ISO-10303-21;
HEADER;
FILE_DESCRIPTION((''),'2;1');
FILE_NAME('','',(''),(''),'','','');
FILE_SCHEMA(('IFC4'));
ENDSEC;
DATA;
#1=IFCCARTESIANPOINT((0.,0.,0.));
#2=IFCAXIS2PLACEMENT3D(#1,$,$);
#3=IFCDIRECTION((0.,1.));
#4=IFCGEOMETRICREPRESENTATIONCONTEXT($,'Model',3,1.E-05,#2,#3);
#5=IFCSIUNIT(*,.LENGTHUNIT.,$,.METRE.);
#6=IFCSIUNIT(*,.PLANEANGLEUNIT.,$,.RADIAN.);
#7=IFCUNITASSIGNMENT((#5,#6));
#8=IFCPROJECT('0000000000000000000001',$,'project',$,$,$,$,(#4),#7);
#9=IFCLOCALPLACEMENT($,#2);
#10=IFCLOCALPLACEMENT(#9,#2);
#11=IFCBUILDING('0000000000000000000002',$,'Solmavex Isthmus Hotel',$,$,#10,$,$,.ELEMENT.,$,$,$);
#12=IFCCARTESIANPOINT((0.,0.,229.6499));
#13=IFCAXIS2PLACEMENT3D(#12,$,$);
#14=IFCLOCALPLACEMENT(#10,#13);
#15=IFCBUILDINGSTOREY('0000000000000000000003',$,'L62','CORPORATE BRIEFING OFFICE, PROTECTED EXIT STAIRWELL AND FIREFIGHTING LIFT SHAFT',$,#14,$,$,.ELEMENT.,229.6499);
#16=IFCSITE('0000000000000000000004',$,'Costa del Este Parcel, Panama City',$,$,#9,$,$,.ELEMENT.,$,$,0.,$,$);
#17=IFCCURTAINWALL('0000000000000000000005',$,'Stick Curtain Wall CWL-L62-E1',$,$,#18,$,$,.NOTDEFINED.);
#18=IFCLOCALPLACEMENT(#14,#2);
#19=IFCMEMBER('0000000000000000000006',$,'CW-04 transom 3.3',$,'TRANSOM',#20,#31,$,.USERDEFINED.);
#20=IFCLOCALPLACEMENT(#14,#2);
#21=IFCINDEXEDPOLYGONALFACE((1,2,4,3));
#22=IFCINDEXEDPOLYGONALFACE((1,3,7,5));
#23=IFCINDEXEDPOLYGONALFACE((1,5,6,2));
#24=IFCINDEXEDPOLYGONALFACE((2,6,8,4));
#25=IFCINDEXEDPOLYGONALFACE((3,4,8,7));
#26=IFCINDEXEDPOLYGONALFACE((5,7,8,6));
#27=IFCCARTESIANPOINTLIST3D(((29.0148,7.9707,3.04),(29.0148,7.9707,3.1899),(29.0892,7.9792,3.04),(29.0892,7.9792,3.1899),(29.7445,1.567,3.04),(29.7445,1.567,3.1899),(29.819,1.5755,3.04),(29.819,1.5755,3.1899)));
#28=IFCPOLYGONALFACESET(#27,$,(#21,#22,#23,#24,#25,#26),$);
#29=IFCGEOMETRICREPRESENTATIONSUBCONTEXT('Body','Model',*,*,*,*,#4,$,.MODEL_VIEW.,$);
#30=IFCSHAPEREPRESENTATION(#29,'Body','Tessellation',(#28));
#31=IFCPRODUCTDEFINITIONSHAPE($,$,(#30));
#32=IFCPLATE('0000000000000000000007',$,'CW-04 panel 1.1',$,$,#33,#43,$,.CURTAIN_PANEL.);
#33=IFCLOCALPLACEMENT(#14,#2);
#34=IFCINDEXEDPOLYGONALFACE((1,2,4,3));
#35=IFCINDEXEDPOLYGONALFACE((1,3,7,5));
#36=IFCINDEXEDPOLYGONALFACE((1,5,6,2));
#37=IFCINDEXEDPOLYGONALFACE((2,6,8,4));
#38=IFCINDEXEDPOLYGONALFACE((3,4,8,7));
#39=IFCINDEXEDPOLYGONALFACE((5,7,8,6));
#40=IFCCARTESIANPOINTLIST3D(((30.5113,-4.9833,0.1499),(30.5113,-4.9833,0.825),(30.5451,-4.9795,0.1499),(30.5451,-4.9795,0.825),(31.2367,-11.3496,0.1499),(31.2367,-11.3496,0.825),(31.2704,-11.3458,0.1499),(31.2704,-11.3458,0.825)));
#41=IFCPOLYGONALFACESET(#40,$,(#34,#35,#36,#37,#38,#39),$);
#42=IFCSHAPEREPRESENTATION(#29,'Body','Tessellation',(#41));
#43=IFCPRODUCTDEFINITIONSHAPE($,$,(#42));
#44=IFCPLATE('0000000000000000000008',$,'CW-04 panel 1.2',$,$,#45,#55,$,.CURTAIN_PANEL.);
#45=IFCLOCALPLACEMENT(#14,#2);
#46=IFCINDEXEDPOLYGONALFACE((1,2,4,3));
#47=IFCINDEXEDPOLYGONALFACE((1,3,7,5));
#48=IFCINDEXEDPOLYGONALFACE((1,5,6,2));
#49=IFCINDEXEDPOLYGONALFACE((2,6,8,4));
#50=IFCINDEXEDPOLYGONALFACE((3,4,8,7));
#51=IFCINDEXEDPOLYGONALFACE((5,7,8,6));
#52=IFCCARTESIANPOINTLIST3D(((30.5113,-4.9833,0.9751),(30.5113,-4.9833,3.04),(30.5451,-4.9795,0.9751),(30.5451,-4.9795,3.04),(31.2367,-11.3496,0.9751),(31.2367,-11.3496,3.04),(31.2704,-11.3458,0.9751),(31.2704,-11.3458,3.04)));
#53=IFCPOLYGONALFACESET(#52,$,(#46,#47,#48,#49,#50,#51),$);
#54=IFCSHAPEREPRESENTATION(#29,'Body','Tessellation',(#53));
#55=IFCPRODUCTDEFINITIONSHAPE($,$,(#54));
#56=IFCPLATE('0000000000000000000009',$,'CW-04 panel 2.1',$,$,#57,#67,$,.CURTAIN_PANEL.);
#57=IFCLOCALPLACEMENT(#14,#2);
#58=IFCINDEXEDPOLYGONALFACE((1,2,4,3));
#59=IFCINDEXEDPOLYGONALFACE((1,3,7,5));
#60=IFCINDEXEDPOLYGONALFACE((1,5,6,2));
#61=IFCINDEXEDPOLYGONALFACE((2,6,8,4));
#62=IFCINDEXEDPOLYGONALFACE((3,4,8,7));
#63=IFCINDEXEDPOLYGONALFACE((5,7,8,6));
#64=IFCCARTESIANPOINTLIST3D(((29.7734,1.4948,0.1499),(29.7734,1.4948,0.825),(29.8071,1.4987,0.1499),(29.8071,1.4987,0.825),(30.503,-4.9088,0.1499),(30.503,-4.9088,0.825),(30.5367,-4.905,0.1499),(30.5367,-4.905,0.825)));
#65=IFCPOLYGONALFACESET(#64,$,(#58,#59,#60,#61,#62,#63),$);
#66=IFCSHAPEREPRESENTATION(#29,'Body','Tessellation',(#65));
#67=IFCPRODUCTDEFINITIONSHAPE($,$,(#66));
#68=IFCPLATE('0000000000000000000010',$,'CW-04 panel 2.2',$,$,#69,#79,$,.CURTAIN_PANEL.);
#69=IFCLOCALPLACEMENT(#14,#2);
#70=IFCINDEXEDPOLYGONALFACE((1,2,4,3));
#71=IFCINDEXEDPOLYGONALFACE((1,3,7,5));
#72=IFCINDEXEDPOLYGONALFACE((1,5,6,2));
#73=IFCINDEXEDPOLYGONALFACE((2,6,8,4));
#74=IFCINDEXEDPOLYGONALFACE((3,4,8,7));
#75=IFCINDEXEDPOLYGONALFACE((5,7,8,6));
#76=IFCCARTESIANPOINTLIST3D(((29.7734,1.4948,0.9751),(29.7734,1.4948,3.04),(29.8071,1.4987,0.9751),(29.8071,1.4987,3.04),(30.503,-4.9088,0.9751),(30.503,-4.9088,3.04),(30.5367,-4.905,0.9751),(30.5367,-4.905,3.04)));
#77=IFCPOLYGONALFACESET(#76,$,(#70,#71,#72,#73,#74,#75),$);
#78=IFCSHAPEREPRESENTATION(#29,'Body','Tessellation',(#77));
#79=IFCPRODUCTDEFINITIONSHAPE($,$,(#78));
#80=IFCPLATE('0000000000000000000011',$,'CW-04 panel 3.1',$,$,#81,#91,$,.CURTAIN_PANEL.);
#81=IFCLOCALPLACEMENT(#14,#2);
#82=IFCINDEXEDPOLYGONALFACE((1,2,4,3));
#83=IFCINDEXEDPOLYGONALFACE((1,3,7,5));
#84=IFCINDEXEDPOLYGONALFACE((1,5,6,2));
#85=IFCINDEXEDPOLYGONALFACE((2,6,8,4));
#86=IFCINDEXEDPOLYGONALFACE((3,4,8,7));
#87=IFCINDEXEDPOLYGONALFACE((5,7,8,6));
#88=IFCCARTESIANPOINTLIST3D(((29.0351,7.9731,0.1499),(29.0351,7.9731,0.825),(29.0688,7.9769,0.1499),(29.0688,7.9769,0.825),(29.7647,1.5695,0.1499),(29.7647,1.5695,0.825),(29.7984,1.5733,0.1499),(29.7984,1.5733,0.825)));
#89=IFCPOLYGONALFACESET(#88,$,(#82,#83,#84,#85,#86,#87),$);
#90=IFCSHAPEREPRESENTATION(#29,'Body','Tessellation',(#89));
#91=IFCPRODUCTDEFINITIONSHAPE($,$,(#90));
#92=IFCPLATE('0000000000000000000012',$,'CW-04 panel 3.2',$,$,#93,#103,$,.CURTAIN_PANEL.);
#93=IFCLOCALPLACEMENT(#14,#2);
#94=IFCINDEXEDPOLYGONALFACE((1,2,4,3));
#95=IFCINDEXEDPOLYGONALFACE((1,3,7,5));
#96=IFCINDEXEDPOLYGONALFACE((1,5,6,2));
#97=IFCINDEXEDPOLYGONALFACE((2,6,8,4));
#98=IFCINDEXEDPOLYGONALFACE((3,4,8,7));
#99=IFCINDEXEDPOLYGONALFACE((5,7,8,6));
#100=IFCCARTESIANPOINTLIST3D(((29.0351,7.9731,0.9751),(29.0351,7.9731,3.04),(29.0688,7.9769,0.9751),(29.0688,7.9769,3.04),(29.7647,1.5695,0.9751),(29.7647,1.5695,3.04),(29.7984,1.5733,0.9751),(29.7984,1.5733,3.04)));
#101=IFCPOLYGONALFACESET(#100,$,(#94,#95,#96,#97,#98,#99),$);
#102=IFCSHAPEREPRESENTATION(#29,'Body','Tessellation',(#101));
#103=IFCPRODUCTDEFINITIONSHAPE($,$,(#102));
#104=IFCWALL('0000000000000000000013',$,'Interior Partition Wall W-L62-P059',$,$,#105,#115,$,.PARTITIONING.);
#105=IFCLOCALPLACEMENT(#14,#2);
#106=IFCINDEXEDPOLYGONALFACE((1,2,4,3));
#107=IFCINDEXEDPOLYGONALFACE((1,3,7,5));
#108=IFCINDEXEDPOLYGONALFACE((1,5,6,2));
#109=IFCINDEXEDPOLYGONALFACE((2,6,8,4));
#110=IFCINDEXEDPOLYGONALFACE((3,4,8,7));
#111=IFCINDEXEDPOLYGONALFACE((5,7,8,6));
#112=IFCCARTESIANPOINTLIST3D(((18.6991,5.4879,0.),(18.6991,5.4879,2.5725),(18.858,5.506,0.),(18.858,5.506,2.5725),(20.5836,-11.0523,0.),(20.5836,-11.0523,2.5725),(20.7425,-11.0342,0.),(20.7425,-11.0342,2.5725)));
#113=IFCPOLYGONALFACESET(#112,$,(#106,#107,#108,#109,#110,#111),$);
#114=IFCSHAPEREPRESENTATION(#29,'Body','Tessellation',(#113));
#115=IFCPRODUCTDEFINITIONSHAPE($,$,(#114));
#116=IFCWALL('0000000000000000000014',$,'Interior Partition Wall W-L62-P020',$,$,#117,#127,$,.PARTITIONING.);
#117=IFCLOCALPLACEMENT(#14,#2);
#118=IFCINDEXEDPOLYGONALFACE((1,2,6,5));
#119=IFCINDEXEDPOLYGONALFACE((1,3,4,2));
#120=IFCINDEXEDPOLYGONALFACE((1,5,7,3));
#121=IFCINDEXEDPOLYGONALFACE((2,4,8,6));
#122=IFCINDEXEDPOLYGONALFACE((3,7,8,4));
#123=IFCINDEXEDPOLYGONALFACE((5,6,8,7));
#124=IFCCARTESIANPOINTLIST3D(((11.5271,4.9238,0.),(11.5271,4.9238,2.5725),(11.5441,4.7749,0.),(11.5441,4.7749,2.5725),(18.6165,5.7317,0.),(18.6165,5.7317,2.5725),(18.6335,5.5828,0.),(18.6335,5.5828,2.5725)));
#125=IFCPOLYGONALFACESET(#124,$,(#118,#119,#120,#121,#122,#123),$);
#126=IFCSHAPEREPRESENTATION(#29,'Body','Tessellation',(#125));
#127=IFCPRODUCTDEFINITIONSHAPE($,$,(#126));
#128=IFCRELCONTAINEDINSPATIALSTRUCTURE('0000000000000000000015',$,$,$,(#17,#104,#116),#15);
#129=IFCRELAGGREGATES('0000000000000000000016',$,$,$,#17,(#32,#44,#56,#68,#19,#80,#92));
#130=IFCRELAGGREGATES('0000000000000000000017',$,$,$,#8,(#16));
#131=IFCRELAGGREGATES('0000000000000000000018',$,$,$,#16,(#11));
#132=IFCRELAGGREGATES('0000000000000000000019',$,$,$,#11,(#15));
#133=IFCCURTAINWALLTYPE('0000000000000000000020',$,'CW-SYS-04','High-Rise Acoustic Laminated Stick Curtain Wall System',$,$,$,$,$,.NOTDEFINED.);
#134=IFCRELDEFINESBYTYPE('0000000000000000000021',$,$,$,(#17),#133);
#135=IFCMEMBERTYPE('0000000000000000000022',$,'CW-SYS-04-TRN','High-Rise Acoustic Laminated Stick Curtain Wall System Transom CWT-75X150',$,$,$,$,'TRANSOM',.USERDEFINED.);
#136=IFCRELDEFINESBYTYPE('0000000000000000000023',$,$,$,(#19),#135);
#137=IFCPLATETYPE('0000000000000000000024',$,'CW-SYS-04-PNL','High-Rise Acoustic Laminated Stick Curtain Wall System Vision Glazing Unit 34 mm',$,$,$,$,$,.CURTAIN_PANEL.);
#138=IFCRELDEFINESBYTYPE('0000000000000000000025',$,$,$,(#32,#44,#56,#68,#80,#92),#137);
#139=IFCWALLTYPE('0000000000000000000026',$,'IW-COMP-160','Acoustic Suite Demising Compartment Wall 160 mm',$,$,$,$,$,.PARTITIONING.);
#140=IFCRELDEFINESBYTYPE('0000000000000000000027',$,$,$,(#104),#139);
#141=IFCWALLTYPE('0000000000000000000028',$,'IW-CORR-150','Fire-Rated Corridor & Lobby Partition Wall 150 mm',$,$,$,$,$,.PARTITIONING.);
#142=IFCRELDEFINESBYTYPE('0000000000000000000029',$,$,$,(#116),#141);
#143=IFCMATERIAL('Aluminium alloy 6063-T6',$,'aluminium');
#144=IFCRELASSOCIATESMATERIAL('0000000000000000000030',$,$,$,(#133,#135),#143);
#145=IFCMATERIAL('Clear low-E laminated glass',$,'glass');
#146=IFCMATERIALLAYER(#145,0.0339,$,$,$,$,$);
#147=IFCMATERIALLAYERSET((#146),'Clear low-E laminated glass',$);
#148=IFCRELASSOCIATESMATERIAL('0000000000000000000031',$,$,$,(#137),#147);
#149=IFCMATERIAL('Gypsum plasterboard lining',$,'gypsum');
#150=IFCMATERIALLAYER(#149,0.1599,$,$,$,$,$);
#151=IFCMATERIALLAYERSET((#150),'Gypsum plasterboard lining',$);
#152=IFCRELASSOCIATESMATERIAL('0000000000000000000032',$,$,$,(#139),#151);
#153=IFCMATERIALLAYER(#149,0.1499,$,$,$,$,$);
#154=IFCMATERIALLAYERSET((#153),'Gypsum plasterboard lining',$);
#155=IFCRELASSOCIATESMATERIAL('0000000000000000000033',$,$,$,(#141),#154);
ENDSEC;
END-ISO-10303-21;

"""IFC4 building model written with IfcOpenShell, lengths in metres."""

from ifc_helpers import new_model, si_unit, direction, frame, frame_2d, origin, origin_2d, place, context, subcontext, project, spatial, rectangle, extrude, material, layer, layer_set, material_profile, profile_set, type_object, element, aggregate, save


model = new_model("IFC4")

# Units and contexts
model_context = context("Model", 3, precision=1e-05, world=origin(), true_north=direction((0.0, 1.0)))
body_context = subcontext(model_context, "Body", "Model", "MODEL_VIEW")
ifc_project = project(units=[si_unit("LENGTHUNIT", "METRE"), si_unit("PLANEANGLEUNIT", "RADIAN")], contexts=[model_context])

# Site, building, storey
site_placement = place(None, origin())
site = spatial("IfcSite", under=ifc_project, at=site_placement, Name="Costa del Este Parcel, Panama City", CompositionType="ELEMENT", RefElevation=0.0)
building_placement = place(site_placement, origin())
building = spatial("IfcBuilding", under=site, at=building_placement, Name="Solmavex Isthmus Hotel", CompositionType="ELEMENT")
storey_placement = place(building_placement, frame((0.0, 0.0, 229.6499)))
storey = spatial("IfcBuildingStorey", under=building, at=storey_placement, Name="L62", Description="CORPORATE BRIEFING OFFICE, PROTECTED EXIT STAIRWELL AND FIREFIGHTING LIFT SHAFT", CompositionType="ELEMENT", Elevation=229.6499)

# Curtain wall, member, plates
ifc_material_1 = material(Name="Aluminium alloy 6063-T6", Category="aluminium")
curtain_wall_type = type_object("IfcCurtainWallType", Name="CW-SYS-04", Description="High-Rise Acoustic Laminated Stick Curtain Wall System", PredefinedType="NOTDEFINED", material=ifc_material_1)
curtain_wall_placement = place(storey_placement, origin())
curtain_wall = element("IfcCurtainWall", 1, at=curtain_wall_placement, inside=storey, type_object=curtain_wall_type, Name="Stick Curtain Wall CWL-L62-E1", PredefinedType="NOTDEFINED")
ifc_material_profile_1 = material_profile(ifc_material_1, rectangle(XDim=0.075, YDim=0.1499, at=origin_2d()), Name="CWT-75X150")
ifc_profile_set_1 = profile_set([ifc_material_profile_1], Name="Aluminium alloy 6063-T6")
member_type_1 = type_object("IfcMemberType", Name="CW-SYS-04-TRN", Description="High-Rise Acoustic Laminated Stick Curtain Wall System Transom CWT-75X150", ElementType="TRANSOM", PredefinedType="USERDEFINED", material=ifc_profile_set_1)
member_1_placement = place(storey_placement, frame((29.7817, 1.5713, 3.115), z_axis=(-0.113225, 0.993569, 0.0), x_axis=(-0.993569, -0.113225, 0.0)))
member_1 = element("IfcMember", 2, at=member_1_placement, type_object=member_type_1, Name="CW-04 transom 3.3", ObjectType="TRANSOM", PredefinedType="USERDEFINED", context=body_context, shape_type="SweptSolid", body=[
    extrude(rectangle(XDim=0.075, YDim=0.1499, at=origin_2d()), origin(), (0.0, 0.0, 1.0), 6.4451),
])
ifc_material_2 = material(Name="Clear low-E laminated glass", Category="glass")
ifc_layer_1 = layer(ifc_material_2, 0.0339)
ifc_layer_set_1 = layer_set([ifc_layer_1], Name="Clear low-E laminated glass")
plate_type = type_object("IfcPlateType", Name="CW-SYS-04-PNL", Description="High-Rise Acoustic Laminated Stick Curtain Wall System Vision Glazing Unit 34 mm", PredefinedType="CURTAIN_PANEL", material=ifc_layer_set_1)
plate_1_placement = place(storey_placement, frame((30.8909, -8.1646, 0.1499), z_axis=(0.0, 0.0, 1.0), x_axis=(-0.113203, 0.993572, 0.0)))
plate_1 = element("IfcPlate", 3, at=plate_1_placement, type_object=plate_type, Name="CW-04 panel 1.1", PredefinedType="CURTAIN_PANEL", context=body_context, shape_type="SweptSolid", body=[
    extrude(rectangle(XDim=6.4075, YDim=0.0339, at=origin_2d()), origin(), (0.0, 0.0, 1.0), 0.675),
])
plate_2_placement = place(storey_placement, frame((30.8909, -8.1646, 0.9751), z_axis=(0.0, 0.0, 1.0), x_axis=(-0.113203, 0.993572, 0.0)))
plate_2 = element("IfcPlate", 4, at=plate_2_placement, type_object=plate_type, Name="CW-04 panel 1.2", PredefinedType="CURTAIN_PANEL", context=body_context, shape_type="SweptSolid", body=[
    extrude(rectangle(XDim=6.4075, YDim=0.0339, at=origin_2d()), origin(), (0.0, 0.0, 1.0), 2.0649),
])
plate_3_placement = place(storey_placement, frame((30.155, -1.7051, 0.1499), z_axis=(0.0, 0.0, 1.0), x_axis=(-0.113203, 0.993572, 0.0)))
plate_3 = element("IfcPlate", 5, at=plate_3_placement, type_object=plate_type, Name="CW-04 panel 2.1", PredefinedType="CURTAIN_PANEL", context=body_context, shape_type="SweptSolid", body=[
    extrude(rectangle(XDim=6.4451, YDim=0.0339, at=origin_2d()), origin(), (0.0, 0.0, 1.0), 0.675),
])
plate_4_placement = place(storey_placement, frame((30.155, -1.7051, 0.9751), z_axis=(0.0, 0.0, 1.0), x_axis=(-0.113203, 0.993572, 0.0)))
plate_4 = element("IfcPlate", 6, at=plate_4_placement, type_object=plate_type, Name="CW-04 panel 2.2", PredefinedType="CURTAIN_PANEL", context=body_context, shape_type="SweptSolid", body=[
    extrude(rectangle(XDim=6.4451, YDim=0.0339, at=origin_2d()), origin(), (0.0, 0.0, 1.0), 2.0649),
])
plate_5_placement = place(storey_placement, frame((29.4167, 4.7732, 0.1499), z_axis=(0.0, 0.0, 1.0), x_axis=(-0.113203, 0.993572, 0.0)))
plate_5 = element("IfcPlate", 7, at=plate_5_placement, type_object=plate_type, Name="CW-04 panel 3.1", PredefinedType="CURTAIN_PANEL", context=body_context, shape_type="SweptSolid", body=[
    extrude(rectangle(XDim=6.4451, YDim=0.0339, at=origin_2d()), origin(), (0.0, 0.0, 1.0), 0.675),
])
plate_6_placement = place(storey_placement, frame((29.4167, 4.7732, 0.9751), z_axis=(0.0, 0.0, 1.0), x_axis=(-0.113203, 0.993572, 0.0)))
plate_6 = element("IfcPlate", 8, at=plate_6_placement, type_object=plate_type, Name="CW-04 panel 3.2", PredefinedType="CURTAIN_PANEL", context=body_context, shape_type="SweptSolid", body=[
    extrude(rectangle(XDim=6.4451, YDim=0.0339, at=origin_2d()), origin(), (0.0, 0.0, 1.0), 2.0649),
])
aggregate(curtain_wall, [plate_1, plate_2, plate_3, plate_4, member_1, plate_5, plate_6])

# Walls
ifc_material_3 = material(Name="Gypsum plasterboard lining", Category="gypsum")
ifc_layer_2 = layer(ifc_material_3, 0.1599)
ifc_layer_set_2 = layer_set([ifc_layer_2], Name="Gypsum plasterboard lining")
wall_type_1 = type_object("IfcWallType", Name="IW-COMP-160", Description="Acoustic Suite Demising Compartment Wall 160 mm", PredefinedType="PARTITIONING", material=ifc_layer_set_2)
wall_1_placement = place(storey_placement, frame((18.7786, 5.4971, 0.0), z_axis=(0.0, 0.0, 1.0), x_axis=(0.113203, -0.993572, 0.0)))
element("IfcWall", 9, at=wall_1_placement, inside=storey, type_object=wall_type_1, Name="Interior Partition Wall W-L62-P059", PredefinedType="PARTITIONING", context=body_context, shape_type="SweptSolid", body=[
    extrude(rectangle(XDim=16.6472, YDim=0.1599, at=frame_2d((8.3237, 0.0))), origin(), (0.0, 0.0, 1.0), 2.5725),
])
ifc_layer_3 = layer(ifc_material_3, 0.1499)
ifc_layer_set_3 = layer_set([ifc_layer_3], Name="Gypsum plasterboard lining")
wall_type_2 = type_object("IfcWallType", Name="IW-CORR-150", Description="Fire-Rated Corridor & Lobby Partition Wall 150 mm", PredefinedType="PARTITIONING", material=ifc_layer_set_3)
wall_2_placement = place(storey_placement, frame((18.625, 5.6572, 0.0), z_axis=(0.0, 0.0, 1.0), x_axis=(-0.99357, -0.113221, 0.0)))
element("IfcWall", 10, at=wall_2_placement, inside=storey, type_object=wall_type_2, Name="Interior Partition Wall W-L62-P020", PredefinedType="PARTITIONING", context=body_context, shape_type="SweptSolid", body=[
    extrude(rectangle(XDim=7.1353, YDim=0.1499, at=frame_2d((3.5676, 0.0))), origin(), (0.0, 0.0, 1.0), 2.5725),
])

save(model, "model.ifc")
